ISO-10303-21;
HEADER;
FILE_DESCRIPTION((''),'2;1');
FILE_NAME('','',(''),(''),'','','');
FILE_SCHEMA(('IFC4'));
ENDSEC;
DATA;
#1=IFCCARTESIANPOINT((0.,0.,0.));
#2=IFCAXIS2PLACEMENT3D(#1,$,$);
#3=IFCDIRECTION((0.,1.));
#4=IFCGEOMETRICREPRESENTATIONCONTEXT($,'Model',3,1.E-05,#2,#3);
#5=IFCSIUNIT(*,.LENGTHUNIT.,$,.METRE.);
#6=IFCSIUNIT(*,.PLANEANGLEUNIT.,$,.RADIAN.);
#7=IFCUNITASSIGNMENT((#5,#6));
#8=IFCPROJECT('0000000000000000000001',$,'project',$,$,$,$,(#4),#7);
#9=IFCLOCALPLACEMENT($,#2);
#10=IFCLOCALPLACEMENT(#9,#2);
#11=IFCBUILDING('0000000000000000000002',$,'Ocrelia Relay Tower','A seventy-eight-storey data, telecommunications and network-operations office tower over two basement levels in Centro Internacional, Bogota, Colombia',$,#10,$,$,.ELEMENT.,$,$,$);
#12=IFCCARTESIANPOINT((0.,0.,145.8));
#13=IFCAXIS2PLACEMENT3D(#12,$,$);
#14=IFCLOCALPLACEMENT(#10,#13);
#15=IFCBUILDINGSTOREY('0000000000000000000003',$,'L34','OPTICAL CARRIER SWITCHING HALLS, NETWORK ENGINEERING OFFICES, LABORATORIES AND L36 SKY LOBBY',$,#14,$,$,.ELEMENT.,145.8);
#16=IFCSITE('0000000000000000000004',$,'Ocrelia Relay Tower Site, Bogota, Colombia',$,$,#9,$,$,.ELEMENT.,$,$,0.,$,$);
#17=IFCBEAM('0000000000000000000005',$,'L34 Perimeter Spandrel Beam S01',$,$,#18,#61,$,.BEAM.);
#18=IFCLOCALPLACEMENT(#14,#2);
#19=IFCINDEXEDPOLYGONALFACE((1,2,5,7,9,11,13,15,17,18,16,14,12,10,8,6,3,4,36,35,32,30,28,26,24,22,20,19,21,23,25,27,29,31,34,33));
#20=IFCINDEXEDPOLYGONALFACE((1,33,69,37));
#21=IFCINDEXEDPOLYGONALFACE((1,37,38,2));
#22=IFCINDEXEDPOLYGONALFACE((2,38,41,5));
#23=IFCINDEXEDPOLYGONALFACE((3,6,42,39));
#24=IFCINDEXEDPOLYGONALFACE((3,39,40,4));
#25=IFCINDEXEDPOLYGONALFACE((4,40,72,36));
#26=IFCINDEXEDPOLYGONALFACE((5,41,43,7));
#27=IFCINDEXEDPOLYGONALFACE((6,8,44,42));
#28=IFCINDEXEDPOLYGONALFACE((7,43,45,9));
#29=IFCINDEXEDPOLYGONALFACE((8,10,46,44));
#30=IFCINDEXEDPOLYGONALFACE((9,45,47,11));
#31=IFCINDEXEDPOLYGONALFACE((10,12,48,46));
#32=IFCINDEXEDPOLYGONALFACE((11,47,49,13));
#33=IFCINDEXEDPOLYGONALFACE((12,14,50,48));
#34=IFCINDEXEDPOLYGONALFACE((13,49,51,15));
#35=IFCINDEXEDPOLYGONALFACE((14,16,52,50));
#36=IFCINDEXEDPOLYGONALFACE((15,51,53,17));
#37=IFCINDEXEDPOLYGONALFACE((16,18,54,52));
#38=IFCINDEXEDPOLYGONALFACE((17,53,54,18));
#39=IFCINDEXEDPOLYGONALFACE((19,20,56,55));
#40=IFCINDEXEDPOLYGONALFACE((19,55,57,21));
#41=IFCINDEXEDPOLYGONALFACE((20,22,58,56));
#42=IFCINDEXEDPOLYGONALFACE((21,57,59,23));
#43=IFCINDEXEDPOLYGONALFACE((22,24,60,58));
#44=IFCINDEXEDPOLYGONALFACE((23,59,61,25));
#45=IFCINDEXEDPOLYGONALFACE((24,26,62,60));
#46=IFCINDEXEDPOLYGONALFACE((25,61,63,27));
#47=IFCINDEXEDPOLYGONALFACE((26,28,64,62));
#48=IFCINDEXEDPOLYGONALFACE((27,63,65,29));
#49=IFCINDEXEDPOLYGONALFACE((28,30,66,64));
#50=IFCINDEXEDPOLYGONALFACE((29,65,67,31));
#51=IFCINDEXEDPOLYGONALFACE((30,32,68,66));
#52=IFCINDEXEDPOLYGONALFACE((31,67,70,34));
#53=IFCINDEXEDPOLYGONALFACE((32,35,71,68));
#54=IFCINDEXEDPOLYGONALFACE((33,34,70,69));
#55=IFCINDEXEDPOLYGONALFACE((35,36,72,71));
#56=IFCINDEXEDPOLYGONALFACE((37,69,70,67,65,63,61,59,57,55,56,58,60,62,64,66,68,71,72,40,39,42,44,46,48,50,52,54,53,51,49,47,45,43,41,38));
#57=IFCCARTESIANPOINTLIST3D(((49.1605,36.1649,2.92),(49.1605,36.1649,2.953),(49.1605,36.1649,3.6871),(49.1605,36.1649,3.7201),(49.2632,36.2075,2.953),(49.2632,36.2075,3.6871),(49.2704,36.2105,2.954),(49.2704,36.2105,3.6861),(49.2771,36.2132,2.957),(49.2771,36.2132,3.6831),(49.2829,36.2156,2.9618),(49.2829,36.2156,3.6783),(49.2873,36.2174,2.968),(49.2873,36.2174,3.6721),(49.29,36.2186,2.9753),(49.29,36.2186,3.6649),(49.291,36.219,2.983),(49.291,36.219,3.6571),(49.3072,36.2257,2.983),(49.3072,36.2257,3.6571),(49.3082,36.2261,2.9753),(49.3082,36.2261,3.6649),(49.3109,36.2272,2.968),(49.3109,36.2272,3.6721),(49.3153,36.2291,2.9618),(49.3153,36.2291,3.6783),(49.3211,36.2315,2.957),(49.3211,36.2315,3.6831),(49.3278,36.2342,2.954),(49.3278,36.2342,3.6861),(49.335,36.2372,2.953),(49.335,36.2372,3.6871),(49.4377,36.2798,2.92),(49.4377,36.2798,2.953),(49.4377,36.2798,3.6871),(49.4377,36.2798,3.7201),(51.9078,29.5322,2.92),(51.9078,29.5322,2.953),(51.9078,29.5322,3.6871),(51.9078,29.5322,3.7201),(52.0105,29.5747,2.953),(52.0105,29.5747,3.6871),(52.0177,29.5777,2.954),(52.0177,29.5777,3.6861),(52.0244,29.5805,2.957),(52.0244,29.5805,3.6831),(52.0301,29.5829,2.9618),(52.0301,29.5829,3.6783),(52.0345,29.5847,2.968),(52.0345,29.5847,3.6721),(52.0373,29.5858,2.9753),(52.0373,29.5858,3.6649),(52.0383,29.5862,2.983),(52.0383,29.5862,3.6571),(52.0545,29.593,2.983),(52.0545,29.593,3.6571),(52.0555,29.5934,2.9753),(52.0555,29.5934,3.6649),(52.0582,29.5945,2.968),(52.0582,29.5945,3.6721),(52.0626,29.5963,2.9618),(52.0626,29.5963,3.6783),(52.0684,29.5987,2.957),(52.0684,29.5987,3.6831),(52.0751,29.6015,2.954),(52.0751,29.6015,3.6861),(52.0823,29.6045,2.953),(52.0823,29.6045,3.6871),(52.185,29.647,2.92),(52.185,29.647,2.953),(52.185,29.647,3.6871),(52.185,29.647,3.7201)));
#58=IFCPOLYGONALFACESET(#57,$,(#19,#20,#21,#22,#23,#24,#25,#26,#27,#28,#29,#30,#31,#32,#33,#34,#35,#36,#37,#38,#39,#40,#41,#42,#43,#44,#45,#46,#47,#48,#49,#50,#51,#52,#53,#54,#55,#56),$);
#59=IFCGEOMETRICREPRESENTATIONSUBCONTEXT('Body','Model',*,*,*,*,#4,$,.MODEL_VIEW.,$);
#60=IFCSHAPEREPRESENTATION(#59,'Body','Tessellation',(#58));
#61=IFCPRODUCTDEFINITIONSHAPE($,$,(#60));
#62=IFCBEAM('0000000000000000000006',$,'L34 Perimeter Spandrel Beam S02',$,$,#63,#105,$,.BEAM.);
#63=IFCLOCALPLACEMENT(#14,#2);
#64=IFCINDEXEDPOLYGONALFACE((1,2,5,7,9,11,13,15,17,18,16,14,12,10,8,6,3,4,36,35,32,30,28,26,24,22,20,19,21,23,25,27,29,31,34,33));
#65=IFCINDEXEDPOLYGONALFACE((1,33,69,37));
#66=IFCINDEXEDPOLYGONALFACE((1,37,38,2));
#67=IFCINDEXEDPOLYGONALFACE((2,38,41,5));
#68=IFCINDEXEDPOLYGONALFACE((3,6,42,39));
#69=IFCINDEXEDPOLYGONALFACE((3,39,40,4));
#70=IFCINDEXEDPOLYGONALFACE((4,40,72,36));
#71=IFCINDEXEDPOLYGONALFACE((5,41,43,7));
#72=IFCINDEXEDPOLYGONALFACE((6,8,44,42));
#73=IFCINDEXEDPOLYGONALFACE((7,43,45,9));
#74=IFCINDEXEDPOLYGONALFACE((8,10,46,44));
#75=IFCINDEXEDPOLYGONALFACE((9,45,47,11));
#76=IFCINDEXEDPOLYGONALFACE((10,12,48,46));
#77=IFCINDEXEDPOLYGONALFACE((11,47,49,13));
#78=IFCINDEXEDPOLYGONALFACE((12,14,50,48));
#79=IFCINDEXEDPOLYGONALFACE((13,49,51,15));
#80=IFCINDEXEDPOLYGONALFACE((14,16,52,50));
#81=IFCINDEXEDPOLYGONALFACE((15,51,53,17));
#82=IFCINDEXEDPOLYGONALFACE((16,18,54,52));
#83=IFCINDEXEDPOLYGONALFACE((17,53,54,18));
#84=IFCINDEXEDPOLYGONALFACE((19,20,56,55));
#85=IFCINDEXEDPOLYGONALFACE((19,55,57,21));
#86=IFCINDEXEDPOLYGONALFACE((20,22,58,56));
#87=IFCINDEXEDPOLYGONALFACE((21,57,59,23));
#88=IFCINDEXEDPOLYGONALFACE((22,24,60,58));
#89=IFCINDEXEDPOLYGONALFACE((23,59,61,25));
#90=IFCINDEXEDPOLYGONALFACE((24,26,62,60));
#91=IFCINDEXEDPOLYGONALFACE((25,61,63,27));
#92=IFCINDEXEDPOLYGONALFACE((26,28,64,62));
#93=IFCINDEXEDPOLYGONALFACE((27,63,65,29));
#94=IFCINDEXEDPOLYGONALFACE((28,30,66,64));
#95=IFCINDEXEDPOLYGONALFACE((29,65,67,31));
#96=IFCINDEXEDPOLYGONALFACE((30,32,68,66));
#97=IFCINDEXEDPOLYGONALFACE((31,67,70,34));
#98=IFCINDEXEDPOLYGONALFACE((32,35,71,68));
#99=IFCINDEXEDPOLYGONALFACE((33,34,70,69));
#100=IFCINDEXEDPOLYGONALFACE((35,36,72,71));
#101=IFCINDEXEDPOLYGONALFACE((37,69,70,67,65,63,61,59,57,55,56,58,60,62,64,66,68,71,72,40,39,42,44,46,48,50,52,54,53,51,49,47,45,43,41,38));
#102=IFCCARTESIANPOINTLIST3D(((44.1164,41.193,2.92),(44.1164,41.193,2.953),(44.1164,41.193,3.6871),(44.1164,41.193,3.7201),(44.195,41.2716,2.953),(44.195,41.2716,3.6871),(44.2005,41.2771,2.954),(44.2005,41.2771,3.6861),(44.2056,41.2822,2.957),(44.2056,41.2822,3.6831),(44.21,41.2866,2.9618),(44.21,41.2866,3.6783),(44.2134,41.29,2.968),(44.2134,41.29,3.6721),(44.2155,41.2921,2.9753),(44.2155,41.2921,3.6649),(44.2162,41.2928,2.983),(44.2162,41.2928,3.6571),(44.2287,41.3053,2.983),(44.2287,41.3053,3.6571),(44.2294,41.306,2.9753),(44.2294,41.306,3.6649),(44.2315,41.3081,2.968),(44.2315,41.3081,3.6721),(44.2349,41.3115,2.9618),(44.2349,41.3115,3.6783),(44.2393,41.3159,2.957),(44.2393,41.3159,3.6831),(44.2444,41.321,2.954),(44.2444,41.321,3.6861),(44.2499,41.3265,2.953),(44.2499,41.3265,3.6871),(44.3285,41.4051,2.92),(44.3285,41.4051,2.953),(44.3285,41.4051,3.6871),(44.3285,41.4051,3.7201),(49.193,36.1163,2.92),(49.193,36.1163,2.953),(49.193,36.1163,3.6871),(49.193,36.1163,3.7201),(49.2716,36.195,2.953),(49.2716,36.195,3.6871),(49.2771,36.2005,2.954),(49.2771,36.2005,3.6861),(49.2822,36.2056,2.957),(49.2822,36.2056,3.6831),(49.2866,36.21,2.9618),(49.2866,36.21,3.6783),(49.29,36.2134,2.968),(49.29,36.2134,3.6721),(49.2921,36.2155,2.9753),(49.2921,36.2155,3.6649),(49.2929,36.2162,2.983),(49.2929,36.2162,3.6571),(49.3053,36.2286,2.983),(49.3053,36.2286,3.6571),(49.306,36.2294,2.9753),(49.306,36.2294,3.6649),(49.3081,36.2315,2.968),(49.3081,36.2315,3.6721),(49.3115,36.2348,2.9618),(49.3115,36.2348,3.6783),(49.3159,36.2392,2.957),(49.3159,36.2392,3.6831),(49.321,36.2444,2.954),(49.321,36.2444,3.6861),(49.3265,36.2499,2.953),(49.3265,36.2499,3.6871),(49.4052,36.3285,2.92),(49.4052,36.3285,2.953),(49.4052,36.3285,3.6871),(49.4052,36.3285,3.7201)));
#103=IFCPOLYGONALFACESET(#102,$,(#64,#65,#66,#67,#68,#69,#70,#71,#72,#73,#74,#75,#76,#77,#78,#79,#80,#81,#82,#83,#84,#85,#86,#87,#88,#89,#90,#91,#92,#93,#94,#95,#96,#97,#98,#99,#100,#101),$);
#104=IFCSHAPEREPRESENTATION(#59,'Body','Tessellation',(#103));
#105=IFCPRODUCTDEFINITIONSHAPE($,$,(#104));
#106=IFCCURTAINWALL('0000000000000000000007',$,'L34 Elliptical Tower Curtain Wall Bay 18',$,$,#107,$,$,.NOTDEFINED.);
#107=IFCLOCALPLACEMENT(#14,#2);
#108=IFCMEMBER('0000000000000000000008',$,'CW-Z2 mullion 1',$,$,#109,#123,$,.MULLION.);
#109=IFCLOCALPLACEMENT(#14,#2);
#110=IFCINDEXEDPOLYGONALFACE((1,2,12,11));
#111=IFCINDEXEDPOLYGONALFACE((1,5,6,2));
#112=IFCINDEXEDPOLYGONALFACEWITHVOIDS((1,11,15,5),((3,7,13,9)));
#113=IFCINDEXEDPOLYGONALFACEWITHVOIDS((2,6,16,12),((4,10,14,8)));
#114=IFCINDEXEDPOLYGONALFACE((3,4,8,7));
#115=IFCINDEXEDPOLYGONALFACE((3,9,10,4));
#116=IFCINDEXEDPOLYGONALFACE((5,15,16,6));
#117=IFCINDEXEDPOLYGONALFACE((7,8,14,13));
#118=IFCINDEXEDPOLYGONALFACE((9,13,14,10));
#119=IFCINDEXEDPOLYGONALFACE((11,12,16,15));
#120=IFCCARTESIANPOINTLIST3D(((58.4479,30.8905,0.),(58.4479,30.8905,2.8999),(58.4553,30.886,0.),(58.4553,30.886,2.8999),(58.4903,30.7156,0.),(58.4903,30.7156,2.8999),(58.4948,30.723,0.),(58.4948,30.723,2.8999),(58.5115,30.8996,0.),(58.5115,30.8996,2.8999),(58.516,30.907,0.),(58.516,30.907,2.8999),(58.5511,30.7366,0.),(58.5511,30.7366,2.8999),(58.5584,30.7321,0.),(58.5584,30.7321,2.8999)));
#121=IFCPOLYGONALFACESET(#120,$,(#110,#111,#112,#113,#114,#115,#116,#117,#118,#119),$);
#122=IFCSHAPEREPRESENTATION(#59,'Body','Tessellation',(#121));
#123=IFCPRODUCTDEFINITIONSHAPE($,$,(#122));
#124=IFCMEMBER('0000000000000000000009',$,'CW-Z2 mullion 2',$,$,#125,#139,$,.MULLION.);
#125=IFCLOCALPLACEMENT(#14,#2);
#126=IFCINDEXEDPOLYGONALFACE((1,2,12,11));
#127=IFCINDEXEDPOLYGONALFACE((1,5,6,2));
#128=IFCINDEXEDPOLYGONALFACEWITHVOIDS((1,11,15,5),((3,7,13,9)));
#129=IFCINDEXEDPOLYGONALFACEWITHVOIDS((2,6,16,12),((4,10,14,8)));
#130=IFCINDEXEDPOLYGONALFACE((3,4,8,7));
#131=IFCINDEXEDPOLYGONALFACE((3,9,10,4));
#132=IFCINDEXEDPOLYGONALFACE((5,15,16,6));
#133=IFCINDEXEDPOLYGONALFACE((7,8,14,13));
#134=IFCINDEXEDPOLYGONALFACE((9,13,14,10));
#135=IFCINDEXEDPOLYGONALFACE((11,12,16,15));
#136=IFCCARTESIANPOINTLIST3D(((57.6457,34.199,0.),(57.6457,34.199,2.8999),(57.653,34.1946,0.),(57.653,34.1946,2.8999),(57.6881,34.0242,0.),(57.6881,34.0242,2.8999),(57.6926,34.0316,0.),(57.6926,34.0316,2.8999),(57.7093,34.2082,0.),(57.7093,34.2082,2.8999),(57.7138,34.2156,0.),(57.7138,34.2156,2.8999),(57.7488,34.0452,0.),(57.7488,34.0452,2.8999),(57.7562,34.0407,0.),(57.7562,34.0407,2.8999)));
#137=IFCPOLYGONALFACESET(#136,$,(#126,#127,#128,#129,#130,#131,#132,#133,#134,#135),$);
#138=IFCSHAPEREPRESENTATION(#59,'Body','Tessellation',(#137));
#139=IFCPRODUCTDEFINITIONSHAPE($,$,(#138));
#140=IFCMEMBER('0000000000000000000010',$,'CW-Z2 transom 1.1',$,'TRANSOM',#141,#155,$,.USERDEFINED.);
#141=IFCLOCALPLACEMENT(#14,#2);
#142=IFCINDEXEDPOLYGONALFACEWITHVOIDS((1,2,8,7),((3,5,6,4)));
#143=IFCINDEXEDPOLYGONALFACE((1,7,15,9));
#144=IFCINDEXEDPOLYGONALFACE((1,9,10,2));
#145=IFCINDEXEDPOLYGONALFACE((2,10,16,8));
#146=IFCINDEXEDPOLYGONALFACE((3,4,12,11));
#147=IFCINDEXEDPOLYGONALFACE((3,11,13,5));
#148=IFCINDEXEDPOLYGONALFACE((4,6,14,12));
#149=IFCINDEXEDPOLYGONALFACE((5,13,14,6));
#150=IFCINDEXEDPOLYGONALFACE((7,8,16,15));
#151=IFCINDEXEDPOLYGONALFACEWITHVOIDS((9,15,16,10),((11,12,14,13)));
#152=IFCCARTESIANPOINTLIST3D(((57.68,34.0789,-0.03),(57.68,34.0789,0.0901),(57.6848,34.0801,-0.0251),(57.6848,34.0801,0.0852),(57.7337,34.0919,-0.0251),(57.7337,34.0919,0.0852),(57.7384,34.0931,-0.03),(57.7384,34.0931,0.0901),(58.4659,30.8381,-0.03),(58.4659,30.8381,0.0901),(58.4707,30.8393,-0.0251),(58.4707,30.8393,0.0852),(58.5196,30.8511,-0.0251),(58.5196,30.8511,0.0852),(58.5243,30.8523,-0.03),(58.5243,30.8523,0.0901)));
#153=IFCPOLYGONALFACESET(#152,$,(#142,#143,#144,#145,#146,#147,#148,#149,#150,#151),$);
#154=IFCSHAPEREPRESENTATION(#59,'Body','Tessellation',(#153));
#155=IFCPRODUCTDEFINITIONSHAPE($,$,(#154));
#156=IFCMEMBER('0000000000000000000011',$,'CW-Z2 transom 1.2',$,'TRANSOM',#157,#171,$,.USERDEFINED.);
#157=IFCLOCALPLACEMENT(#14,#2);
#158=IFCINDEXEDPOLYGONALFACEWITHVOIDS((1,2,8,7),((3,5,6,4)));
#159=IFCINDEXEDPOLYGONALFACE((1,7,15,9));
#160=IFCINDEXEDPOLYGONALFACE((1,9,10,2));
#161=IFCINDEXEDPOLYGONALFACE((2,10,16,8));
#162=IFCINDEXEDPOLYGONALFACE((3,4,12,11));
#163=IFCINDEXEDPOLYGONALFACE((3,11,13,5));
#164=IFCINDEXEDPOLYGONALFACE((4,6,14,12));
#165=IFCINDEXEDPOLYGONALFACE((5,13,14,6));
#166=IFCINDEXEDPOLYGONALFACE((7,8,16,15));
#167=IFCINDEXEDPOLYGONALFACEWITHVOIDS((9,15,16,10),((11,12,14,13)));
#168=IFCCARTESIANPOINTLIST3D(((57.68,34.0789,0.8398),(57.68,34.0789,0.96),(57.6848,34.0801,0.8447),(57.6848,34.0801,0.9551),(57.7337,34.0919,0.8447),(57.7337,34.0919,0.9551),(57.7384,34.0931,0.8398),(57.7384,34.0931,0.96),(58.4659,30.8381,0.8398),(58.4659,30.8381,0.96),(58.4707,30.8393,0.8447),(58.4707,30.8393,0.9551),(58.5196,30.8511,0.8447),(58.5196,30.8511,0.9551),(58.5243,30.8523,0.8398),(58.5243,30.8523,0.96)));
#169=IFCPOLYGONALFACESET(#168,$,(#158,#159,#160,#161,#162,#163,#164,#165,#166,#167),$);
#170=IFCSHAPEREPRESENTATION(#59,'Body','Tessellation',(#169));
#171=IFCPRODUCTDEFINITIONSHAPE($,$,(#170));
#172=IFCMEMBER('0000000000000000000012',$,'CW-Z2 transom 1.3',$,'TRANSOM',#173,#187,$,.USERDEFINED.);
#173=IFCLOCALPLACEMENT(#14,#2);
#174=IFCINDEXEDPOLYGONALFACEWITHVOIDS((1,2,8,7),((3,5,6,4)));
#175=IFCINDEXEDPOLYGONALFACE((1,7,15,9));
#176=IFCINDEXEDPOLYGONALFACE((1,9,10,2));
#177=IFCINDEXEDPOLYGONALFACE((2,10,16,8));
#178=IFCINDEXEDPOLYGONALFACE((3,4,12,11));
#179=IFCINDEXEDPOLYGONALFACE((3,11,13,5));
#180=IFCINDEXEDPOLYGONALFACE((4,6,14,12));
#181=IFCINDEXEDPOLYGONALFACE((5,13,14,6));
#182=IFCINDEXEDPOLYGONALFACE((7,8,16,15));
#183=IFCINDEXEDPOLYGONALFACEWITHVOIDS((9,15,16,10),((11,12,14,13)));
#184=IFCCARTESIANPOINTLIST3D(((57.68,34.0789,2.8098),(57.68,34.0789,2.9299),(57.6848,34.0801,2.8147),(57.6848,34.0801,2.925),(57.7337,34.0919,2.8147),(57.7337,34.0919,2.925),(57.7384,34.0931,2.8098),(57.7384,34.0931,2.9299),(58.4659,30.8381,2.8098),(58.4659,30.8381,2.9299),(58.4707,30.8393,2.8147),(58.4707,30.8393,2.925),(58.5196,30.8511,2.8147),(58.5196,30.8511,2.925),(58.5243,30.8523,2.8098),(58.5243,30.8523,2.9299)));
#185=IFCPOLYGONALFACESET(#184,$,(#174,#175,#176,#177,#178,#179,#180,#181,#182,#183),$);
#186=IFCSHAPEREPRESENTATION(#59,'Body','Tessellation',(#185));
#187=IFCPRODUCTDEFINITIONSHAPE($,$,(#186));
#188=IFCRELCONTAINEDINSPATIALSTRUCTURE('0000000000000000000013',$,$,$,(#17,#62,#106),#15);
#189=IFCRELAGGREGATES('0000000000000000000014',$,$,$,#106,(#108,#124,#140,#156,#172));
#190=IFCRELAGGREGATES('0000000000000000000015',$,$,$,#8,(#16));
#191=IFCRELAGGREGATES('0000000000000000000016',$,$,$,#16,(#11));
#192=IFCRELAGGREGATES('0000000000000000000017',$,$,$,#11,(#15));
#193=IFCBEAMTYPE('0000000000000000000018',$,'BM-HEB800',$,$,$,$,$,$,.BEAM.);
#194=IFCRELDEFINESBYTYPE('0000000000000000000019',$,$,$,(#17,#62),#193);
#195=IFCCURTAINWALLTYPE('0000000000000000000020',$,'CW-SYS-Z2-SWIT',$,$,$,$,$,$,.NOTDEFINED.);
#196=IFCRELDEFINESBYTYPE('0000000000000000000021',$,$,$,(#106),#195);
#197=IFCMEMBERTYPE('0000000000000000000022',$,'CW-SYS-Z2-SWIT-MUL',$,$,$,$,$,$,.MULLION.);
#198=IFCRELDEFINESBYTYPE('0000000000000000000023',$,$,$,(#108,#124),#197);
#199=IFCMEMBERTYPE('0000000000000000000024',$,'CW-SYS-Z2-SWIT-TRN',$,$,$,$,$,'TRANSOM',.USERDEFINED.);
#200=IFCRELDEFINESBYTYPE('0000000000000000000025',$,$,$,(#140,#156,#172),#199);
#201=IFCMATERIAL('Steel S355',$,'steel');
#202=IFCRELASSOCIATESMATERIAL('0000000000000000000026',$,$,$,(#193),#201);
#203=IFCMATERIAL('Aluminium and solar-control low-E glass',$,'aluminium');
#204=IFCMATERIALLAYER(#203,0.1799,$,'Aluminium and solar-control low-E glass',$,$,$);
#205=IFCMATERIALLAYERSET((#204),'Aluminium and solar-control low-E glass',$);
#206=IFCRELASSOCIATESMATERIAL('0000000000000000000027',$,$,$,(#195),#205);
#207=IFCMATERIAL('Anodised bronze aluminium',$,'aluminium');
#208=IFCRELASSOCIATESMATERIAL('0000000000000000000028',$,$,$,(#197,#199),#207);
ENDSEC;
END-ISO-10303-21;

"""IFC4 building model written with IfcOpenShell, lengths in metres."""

from ifc_helpers import new_model, si_unit, direction, frame, origin, origin_2d, place, context, subcontext, project, spatial, hollow_rectangle, i_section, extrude, material, layer, layer_set, material_profile, profile_set, type_object, element, aggregate, save


model = new_model("IFC4")

# Units and contexts
model_context = context("Model", 3, precision=1e-05, world=origin(), true_north=direction((0.0, 1.0)))
body_context = subcontext(model_context, "Body", "Model", "MODEL_VIEW")
ifc_project = project(units=[si_unit("LENGTHUNIT", "METRE"), si_unit("PLANEANGLEUNIT", "RADIAN")], contexts=[model_context])

# Site, building, storey
site_placement = place(None, origin())
site = spatial("IfcSite", under=ifc_project, at=site_placement, Name="Ocrelia Relay Tower Site, Bogota, Colombia", CompositionType="ELEMENT", RefElevation=0.0)
building_placement = place(site_placement, origin())
building = spatial("IfcBuilding", under=site, at=building_placement, Name="Ocrelia Relay Tower", Description="A seventy-eight-storey data, telecommunications and network-operations office tower over two basement levels in Centro Internacional, Bogota, Colombia", CompositionType="ELEMENT")
storey_placement = place(building_placement, frame((0.0, 0.0, 145.8)))
storey = spatial("IfcBuildingStorey", under=building, at=storey_placement, Name="L34", Description="OPTICAL CARRIER SWITCHING HALLS, NETWORK ENGINEERING OFFICES, LABORATORIES AND L36 SKY LOBBY", CompositionType="ELEMENT", Elevation=145.8)

# Beams
ifc_material_1 = material(Name="Steel S355", Category="steel")
ifc_material_profile_1 = material_profile(ifc_material_1, i_section(OverallWidth=0.3, OverallDepth=0.8, WebThickness=0.0176, FlangeThickness=0.033, FilletRadius=0.03, at=origin_2d()), Name="HEB 800")
ifc_profile_set_1 = profile_set([ifc_material_profile_1], Name="Steel S355")
beam_type_1 = type_object("IfcBeamType", Name="BM-HEB800", PredefinedType="BEAM", material=ifc_profile_set_1)
beam_1_placement = place(storey_placement, frame((52.0464, 29.5896, 3.3201), z_axis=(-0.382673, 0.923884, 0.0), x_axis=(-0.923884, -0.382673, 0.0)))
element("IfcBeam", 1, at=beam_1_placement, inside=storey, type_object=beam_type_1, Name="L34 Perimeter Spandrel Beam S01", PredefinedType="BEAM", context=body_context, shape_type="SweptSolid", body=[
    extrude(i_section(OverallWidth=0.3, OverallDepth=0.8, WebThickness=0.0176, FlangeThickness=0.033, FilletRadius=0.03, at=origin_2d()), origin(), (0.0, 0.0, 1.0), 7.1792),
])
beam_2_placement = place(storey_placement, frame((49.2991, 36.2224, 3.3201), z_axis=(-0.707107, 0.707107, 0.0), x_axis=(-0.707107, -0.707107, 0.0)))
element("IfcBeam", 2, at=beam_2_placement, inside=storey, type_object=beam_type_1, Name="L34 Perimeter Spandrel Beam S02", PredefinedType="BEAM", context=body_context, shape_type="SweptSolid", body=[
    extrude(i_section(OverallWidth=0.3, OverallDepth=0.8, WebThickness=0.0176, FlangeThickness=0.033, FilletRadius=0.03, at=origin_2d()), origin(), (0.0, 0.0, 1.0), 7.1794),
])

# Curtain wall, members
ifc_material_2 = material(Name="Aluminium and solar-control low-E glass", Category="aluminium")
ifc_layer_1 = layer(ifc_material_2, 0.1799, Name="Aluminium and solar-control low-E glass")
ifc_layer_set_1 = layer_set([ifc_layer_1], Name="Aluminium and solar-control low-E glass")
curtain_wall_type = type_object("IfcCurtainWallType", Name="CW-SYS-Z2-SWIT", PredefinedType="NOTDEFINED", material=ifc_layer_set_1)
curtain_wall_placement = place(storey_placement, origin())
curtain_wall = element("IfcCurtainWall", 3, at=curtain_wall_placement, inside=storey, type_object=curtain_wall_type, Name="L34 Elliptical Tower Curtain Wall Bay 18", PredefinedType="NOTDEFINED")
ifc_material_3 = material(Name="Anodised bronze aluminium", Category="aluminium")
ifc_material_profile_2 = material_profile(ifc_material_3, hollow_rectangle(XDim=0.0701, YDim=0.1799, WallThickness=0.0061, at=origin_2d()), Name="CW-MUL-180x70")
ifc_profile_set_2 = profile_set([ifc_material_profile_2], Name="Anodised bronze aluminium")
member_type_1 = type_object("IfcMemberType", Name="CW-SYS-Z2-SWIT-MUL", PredefinedType="MULLION", material=ifc_profile_set_2)
member_1_placement = place(storey_placement, frame((58.5032, 30.8113, 0.0), z_axis=(0.0, 0.0, 1.0), x_axis=(-0.971833, -0.235672, 0.0)))
member_1 = element("IfcMember", 4, at=member_1_placement, type_object=member_type_1, Name="CW-Z2 mullion 1", PredefinedType="MULLION", context=body_context, shape_type="SweptSolid", body=[
    extrude(hollow_rectangle(XDim=0.0701, YDim=0.1799, WallThickness=0.0061, at=origin_2d()), origin(), (0.0, 0.0, 1.0), 2.8999),
])
member_2_placement = place(storey_placement, frame((57.7009, 34.1199, 0.0), z_axis=(0.0, 0.0, 1.0), x_axis=(-0.971833, -0.235672, 0.0)))
member_2 = element("IfcMember", 5, at=member_2_placement, type_object=member_type_1, Name="CW-Z2 mullion 2", PredefinedType="MULLION", context=body_context, shape_type="SweptSolid", body=[
    extrude(hollow_rectangle(XDim=0.0701, YDim=0.1799, WallThickness=0.0061, at=origin_2d()), origin(), (0.0, 0.0, 1.0), 2.8999),
])
ifc_material_profile_3 = material_profile(ifc_material_3, hollow_rectangle(XDim=0.0601, YDim=0.1201, WallThickness=0.0049, at=origin_2d()), Name="CW-TRN-120x60")
ifc_profile_set_3 = profile_set([ifc_material_profile_3], Name="Anodised bronze aluminium")
member_type_2 = type_object("IfcMemberType", Name="CW-SYS-Z2-SWIT-TRN", ElementType="TRANSOM", PredefinedType="USERDEFINED", material=ifc_profile_set_3)
member_3_placement = place(storey_placement, frame((58.4951, 30.8452, 0.03), z_axis=(-0.235673, 0.971832, 0.0), x_axis=(-0.971832, -0.235673, 0.0)))
member_3 = element("IfcMember", 6, at=member_3_placement, type_object=member_type_2, Name="CW-Z2 transom 1.1", ObjectType="TRANSOM", PredefinedType="USERDEFINED", context=body_context, shape_type="SweptSolid", body=[
    extrude(hollow_rectangle(XDim=0.0601, YDim=0.1201, WallThickness=0.0049, at=origin_2d()), origin(), (0.0, 0.0, 1.0), 3.3347),
])
member_4_placement = place(storey_placement, frame((58.4951, 30.8452, 0.8999), z_axis=(-0.235673, 0.971832, 0.0), x_axis=(-0.971832, -0.235673, 0.0)))
member_4 = element("IfcMember", 7, at=member_4_placement, type_object=member_type_2, Name="CW-Z2 transom 1.2", ObjectType="TRANSOM", PredefinedType="USERDEFINED", context=body_context, shape_type="SweptSolid", body=[
    extrude(hollow_rectangle(XDim=0.0601, YDim=0.1201, WallThickness=0.0049, at=origin_2d()), origin(), (0.0, 0.0, 1.0), 3.3347),
])
member_5_placement = place(storey_placement, frame((58.4951, 30.8452, 2.8699), z_axis=(-0.235673, 0.971832, 0.0), x_axis=(-0.971832, -0.235673, 0.0)))
member_5 = element("IfcMember", 8, at=member_5_placement, type_object=member_type_2, Name="CW-Z2 transom 1.3", ObjectType="TRANSOM", PredefinedType="USERDEFINED", context=body_context, shape_type="SweptSolid", body=[
    extrude(hollow_rectangle(XDim=0.0601, YDim=0.1201, WallThickness=0.0049, at=origin_2d()), origin(), (0.0, 0.0, 1.0), 3.3347),
])
aggregate(curtain_wall, [member_1, member_2, member_3, member_4, member_5])

save(model, "model.ifc")
